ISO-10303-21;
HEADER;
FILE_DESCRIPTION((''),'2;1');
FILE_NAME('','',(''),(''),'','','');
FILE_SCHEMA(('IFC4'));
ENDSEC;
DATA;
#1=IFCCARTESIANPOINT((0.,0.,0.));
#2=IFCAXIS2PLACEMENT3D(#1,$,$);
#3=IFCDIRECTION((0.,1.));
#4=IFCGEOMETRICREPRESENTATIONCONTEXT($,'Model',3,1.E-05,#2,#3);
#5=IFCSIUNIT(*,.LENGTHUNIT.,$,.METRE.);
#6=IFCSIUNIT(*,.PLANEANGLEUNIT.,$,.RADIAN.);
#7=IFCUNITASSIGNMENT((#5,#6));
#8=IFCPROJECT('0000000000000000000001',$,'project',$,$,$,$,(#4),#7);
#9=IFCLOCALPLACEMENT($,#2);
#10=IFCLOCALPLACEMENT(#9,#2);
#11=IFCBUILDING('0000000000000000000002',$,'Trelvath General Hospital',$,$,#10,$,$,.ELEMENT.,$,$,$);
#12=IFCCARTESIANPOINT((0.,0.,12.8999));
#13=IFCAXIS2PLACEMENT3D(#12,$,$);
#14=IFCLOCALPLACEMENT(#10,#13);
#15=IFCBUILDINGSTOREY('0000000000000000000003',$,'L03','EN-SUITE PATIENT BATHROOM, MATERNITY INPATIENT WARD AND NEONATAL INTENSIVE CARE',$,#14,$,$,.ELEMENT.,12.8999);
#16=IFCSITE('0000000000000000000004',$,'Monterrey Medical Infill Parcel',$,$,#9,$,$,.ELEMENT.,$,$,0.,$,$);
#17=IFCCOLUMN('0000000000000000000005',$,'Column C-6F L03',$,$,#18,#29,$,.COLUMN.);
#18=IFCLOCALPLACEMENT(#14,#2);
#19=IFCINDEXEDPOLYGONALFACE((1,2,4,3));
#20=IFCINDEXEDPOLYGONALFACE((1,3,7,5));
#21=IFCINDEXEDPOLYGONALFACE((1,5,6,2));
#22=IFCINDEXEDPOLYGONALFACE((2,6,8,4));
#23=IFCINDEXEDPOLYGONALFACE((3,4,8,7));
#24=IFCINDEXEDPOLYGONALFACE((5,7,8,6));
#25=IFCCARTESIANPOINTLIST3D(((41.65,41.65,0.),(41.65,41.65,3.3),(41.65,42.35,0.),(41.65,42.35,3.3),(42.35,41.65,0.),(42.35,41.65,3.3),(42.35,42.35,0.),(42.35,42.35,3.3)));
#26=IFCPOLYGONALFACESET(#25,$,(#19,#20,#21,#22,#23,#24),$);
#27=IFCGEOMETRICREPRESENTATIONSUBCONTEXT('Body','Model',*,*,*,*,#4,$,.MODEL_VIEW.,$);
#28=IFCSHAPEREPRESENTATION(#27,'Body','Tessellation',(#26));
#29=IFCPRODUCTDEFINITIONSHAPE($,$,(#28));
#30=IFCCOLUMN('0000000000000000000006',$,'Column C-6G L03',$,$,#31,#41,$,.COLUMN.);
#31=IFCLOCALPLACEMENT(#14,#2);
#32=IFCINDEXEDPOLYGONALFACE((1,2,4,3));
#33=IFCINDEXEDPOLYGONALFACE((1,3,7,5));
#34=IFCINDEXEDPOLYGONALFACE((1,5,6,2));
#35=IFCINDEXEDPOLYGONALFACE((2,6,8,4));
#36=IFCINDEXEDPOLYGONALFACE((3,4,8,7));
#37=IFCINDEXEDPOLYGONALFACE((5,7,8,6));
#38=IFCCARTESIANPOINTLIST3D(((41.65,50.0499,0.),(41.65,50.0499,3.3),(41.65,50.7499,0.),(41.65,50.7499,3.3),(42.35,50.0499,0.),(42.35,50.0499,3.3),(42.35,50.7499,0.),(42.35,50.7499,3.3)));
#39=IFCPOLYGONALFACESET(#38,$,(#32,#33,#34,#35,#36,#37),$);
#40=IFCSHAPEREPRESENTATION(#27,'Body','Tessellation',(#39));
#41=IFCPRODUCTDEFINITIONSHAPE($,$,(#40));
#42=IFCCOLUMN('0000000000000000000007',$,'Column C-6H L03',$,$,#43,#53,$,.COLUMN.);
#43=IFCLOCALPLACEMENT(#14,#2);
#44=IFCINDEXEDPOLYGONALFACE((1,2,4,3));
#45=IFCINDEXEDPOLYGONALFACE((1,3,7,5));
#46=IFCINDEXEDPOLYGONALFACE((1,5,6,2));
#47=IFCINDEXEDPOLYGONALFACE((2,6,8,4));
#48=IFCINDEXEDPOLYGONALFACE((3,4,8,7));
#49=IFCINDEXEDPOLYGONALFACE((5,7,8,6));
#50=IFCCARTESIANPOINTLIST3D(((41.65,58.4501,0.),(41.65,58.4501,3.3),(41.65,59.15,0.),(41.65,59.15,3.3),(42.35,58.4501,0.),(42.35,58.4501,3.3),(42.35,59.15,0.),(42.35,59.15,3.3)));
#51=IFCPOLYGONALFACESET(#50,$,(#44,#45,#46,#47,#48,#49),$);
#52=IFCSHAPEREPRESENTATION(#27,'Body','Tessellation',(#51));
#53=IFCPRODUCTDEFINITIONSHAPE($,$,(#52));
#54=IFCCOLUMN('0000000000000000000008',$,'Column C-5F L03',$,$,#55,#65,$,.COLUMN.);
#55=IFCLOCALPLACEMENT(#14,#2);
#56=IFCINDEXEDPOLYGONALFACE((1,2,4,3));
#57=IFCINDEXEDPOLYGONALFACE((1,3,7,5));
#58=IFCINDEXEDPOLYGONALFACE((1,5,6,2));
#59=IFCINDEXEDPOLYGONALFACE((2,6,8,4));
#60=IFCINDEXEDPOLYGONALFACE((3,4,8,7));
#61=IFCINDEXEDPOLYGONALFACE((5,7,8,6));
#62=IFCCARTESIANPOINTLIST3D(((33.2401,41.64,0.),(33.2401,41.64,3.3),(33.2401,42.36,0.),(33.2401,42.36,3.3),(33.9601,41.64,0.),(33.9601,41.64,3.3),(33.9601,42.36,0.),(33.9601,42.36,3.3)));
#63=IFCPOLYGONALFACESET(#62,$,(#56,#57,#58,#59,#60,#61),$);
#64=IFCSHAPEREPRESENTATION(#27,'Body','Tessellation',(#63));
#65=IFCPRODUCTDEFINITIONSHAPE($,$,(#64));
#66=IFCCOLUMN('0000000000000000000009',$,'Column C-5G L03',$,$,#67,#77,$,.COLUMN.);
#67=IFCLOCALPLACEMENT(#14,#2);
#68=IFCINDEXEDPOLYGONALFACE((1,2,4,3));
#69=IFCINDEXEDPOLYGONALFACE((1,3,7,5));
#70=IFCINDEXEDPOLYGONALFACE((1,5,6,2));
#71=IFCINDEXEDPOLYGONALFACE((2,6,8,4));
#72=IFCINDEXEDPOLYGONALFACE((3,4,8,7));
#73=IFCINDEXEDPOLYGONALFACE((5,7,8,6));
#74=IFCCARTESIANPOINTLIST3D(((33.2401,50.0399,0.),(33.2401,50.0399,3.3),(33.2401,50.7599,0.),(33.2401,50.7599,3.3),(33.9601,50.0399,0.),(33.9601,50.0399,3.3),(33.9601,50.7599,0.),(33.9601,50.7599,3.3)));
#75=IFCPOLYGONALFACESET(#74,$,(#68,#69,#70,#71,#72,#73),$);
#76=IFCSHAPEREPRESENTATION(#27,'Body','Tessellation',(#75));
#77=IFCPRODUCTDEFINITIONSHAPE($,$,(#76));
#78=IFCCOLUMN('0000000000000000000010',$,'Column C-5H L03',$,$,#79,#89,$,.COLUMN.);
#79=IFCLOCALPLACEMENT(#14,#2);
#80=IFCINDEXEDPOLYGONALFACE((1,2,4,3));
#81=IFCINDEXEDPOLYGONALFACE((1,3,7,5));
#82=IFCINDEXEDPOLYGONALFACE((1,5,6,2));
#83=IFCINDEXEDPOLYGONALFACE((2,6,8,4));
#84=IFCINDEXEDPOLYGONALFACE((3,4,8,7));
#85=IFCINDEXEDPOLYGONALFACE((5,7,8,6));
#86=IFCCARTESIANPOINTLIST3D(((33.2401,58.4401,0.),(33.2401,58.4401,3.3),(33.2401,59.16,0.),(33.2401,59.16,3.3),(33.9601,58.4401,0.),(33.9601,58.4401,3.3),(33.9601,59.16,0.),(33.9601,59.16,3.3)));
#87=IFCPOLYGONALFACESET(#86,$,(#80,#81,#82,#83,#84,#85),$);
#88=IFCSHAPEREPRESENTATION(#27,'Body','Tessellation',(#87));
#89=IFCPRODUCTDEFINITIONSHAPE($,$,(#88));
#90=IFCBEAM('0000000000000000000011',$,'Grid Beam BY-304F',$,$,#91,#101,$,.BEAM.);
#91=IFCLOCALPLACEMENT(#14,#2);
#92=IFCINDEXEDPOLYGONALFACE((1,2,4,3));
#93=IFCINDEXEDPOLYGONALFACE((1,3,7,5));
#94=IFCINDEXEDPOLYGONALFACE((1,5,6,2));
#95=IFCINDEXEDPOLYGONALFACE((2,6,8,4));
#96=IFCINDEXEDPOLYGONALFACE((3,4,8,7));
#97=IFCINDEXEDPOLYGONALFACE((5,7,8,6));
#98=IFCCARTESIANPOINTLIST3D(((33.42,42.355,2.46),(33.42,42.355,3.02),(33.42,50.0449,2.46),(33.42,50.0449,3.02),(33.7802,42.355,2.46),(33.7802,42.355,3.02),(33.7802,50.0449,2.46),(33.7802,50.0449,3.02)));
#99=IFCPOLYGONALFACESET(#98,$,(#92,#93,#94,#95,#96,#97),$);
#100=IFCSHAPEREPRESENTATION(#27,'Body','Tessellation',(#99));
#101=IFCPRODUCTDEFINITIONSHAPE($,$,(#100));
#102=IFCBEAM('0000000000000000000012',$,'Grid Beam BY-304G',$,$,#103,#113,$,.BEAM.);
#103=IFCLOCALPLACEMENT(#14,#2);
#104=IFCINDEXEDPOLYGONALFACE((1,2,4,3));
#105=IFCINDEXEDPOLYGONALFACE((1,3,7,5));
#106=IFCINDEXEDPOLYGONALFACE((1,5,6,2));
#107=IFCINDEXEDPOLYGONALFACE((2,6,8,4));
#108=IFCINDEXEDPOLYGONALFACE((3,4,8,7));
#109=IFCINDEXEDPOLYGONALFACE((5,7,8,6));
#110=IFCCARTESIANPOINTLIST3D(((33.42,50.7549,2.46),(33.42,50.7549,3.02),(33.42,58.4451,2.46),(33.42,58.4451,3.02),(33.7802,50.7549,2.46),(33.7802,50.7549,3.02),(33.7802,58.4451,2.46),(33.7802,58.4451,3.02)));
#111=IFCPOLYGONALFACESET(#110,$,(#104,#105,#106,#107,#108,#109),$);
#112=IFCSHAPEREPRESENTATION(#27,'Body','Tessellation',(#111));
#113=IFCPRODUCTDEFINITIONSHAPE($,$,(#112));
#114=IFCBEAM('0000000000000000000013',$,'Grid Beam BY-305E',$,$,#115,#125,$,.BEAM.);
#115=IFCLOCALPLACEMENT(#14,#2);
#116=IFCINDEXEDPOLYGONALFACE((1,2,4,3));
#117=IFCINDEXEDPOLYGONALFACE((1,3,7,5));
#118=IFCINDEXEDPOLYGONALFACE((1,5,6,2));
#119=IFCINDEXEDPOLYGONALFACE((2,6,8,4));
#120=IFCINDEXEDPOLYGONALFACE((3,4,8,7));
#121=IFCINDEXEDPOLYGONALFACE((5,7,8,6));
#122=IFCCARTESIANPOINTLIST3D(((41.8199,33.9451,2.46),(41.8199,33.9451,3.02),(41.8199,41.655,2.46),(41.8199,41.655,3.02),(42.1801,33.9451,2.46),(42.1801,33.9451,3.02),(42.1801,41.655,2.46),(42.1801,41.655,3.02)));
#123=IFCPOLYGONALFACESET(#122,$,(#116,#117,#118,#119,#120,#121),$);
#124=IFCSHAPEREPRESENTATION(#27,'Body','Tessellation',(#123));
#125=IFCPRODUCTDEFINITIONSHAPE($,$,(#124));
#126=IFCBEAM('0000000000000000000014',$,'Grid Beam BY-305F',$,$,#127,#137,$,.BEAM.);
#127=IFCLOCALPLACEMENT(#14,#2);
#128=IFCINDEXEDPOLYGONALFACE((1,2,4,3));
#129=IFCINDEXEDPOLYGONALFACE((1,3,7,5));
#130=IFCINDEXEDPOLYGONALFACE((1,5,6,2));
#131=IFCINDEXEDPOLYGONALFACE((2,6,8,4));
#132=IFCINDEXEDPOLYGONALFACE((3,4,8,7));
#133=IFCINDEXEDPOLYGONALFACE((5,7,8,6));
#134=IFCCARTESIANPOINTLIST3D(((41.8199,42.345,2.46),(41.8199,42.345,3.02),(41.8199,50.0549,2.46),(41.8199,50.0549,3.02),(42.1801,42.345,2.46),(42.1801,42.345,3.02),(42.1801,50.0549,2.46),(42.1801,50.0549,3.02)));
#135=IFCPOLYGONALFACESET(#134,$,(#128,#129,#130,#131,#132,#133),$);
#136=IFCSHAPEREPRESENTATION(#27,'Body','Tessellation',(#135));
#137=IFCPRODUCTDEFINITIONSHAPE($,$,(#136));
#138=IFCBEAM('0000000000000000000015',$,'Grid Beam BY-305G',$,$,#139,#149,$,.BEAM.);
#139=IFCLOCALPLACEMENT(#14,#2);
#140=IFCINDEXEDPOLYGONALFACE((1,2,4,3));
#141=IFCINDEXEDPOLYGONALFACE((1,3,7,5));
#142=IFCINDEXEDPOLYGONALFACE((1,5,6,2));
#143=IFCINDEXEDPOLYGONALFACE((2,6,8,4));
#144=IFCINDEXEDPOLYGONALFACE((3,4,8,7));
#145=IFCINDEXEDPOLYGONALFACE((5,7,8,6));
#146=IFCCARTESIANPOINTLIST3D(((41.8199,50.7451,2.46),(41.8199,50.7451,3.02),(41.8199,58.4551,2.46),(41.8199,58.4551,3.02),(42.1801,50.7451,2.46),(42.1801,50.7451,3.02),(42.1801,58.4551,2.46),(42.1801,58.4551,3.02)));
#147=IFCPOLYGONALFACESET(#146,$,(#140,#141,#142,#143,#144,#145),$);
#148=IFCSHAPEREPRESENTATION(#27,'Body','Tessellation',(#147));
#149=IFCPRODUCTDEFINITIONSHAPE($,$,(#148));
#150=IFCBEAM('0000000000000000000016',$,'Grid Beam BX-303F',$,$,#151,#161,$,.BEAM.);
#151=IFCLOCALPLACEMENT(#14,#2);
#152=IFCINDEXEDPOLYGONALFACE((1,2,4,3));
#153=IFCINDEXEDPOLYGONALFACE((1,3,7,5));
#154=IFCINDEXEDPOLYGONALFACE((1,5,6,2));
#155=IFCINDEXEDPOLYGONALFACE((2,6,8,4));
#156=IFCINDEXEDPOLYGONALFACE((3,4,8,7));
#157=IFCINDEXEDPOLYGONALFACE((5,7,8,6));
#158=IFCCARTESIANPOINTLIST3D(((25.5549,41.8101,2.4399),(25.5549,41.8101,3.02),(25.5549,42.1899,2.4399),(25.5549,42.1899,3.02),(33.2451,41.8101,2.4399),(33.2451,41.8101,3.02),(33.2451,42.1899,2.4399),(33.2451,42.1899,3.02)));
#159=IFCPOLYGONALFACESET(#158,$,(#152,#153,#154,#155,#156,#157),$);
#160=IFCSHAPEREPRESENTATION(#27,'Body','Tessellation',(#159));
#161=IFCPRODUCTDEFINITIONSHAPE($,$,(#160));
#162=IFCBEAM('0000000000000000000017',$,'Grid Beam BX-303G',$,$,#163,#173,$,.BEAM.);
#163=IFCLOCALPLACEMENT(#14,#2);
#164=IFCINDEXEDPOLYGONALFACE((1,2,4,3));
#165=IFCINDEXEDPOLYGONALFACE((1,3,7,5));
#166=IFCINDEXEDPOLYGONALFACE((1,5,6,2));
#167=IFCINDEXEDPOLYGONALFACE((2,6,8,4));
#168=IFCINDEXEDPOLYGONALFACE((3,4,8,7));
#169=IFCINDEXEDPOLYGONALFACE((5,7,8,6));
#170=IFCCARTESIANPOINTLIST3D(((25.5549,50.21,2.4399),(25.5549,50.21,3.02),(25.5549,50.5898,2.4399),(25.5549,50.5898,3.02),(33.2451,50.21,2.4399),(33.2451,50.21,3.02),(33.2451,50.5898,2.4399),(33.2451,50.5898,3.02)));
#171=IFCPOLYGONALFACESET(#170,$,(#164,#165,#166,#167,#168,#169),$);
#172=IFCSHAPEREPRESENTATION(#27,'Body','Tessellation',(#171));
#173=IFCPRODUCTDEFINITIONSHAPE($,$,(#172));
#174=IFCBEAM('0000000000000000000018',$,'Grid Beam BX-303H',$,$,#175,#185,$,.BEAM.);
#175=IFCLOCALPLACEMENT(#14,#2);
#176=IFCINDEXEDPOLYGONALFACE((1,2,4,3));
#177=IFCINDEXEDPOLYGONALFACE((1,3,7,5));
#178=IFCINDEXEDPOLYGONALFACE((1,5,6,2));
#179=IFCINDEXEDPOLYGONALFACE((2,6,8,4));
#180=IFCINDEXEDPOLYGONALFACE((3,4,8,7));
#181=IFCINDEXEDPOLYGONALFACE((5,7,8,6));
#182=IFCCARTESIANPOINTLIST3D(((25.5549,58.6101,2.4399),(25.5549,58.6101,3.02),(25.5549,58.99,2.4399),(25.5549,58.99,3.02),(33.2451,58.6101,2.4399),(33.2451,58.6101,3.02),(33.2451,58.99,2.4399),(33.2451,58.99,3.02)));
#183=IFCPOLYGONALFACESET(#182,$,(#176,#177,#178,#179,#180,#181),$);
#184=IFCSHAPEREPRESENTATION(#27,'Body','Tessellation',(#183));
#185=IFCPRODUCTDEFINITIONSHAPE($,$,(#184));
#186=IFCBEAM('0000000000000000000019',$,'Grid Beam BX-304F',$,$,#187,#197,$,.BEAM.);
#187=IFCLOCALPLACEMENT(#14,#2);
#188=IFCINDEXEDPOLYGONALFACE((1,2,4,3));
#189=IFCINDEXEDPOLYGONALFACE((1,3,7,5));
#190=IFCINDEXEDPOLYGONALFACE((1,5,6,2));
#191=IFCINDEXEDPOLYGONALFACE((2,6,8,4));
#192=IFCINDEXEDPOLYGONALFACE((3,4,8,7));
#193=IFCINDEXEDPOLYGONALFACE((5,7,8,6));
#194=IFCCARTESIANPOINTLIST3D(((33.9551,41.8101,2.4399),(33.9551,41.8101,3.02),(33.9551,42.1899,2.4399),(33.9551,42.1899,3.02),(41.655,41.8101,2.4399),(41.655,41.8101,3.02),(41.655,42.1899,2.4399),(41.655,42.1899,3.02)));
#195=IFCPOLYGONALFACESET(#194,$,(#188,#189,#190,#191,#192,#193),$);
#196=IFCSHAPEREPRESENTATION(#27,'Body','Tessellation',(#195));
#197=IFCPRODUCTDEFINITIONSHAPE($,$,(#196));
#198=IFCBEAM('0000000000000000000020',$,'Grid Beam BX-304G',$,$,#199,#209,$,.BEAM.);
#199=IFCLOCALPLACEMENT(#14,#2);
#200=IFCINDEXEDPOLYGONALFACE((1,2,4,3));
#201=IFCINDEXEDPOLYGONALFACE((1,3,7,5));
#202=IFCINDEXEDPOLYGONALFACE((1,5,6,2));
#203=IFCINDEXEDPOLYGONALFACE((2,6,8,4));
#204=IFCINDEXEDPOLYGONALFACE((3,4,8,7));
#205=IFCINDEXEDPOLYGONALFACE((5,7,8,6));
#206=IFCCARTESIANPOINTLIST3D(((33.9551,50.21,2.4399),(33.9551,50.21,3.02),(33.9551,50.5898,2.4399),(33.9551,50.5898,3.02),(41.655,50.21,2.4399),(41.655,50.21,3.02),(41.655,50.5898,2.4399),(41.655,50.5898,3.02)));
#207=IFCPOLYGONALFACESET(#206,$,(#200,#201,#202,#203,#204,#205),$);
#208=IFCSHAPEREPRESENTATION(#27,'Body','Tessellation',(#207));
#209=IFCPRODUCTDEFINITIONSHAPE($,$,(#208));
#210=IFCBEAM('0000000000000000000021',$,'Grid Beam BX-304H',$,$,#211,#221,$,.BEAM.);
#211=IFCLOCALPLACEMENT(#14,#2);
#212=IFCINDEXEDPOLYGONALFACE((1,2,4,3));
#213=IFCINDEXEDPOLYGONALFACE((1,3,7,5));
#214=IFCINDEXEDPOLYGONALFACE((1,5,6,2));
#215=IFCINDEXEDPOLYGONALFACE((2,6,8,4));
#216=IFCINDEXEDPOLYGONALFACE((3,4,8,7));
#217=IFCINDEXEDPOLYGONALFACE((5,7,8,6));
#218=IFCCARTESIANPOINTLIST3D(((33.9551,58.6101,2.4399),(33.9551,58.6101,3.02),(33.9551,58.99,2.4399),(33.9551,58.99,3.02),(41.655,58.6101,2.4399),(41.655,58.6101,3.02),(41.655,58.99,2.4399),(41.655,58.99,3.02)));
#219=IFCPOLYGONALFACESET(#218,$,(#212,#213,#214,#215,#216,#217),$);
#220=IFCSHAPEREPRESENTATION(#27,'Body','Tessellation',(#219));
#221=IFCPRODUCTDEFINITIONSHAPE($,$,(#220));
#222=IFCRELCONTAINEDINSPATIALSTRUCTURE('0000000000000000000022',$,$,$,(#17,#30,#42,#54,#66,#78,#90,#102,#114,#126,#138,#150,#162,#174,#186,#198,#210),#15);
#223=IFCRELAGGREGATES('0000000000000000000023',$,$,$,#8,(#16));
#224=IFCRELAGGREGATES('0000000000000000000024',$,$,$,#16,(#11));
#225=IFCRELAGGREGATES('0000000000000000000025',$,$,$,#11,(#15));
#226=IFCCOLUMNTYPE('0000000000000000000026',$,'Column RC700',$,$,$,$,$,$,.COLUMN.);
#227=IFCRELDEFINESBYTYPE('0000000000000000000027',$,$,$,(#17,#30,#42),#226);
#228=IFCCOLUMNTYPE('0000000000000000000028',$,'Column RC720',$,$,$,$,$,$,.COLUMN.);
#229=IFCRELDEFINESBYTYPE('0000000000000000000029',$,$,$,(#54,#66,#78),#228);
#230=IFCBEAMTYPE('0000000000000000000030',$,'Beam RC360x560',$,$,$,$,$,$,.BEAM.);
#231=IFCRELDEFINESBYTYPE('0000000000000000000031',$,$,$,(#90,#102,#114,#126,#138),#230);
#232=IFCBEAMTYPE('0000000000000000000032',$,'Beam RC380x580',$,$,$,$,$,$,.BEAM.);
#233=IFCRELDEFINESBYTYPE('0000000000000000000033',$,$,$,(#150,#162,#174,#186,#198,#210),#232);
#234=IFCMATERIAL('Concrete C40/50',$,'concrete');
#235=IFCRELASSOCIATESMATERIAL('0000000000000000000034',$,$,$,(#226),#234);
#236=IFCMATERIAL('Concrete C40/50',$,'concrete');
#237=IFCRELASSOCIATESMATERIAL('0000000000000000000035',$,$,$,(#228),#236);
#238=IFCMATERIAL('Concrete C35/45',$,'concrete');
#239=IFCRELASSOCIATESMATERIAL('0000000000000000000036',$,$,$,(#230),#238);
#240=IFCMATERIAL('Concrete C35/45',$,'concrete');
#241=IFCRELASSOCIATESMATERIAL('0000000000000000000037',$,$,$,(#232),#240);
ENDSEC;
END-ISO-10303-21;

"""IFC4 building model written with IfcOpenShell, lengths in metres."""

from ifc_helpers import new_model, si_unit, direction, frame, origin, origin_2d, place, context, subcontext, project, spatial, rectangle, extrude, material, material_profile, profile_set, type_object, element, save


model = new_model("IFC4")

# Units and contexts
model_context = context("Model", 3, precision=1e-05, world=origin(), true_north=direction((0.0, 1.0)))
body_context = subcontext(model_context, "Body", "Model", "MODEL_VIEW")
ifc_project = project(units=[si_unit("LENGTHUNIT", "METRE"), si_unit("PLANEANGLEUNIT", "RADIAN")], contexts=[model_context])

# Site, building, storey
site_placement = place(None, origin())
site = spatial("IfcSite", under=ifc_project, at=site_placement, Name="Monterrey Medical Infill Parcel", CompositionType="ELEMENT", RefElevation=0.0)
building_placement = place(site_placement, origin())
building = spatial("IfcBuilding", under=site, at=building_placement, Name="Trelvath General Hospital", CompositionType="ELEMENT")
storey_placement = place(building_placement, frame((0.0, 0.0, 12.8999)))
storey = spatial("IfcBuildingStorey", under=building, at=storey_placement, Name="L03", Description="EN-SUITE PATIENT BATHROOM, MATERNITY INPATIENT WARD AND NEONATAL INTENSIVE CARE", CompositionType="ELEMENT", Elevation=12.8999)

# Columns
ifc_material_1 = material(Name="Concrete C40/50", Category="concrete")
ifc_material_profile_1 = material_profile(ifc_material_1, rectangle(XDim=0.7, YDim=0.7, at=origin_2d()), Name="RC700x700")
ifc_profile_set_1 = profile_set([ifc_material_profile_1], Name="Concrete C40/50")
column_type_1 = type_object("IfcColumnType", Name="Column RC700", PredefinedType="COLUMN", material=ifc_profile_set_1)
for number, where, z_axis, x_axis, name in (
    (1, (42.0, 42.0, 0.0), (0.0, 0.0, 1.0), (1.0, 0.0, 0.0), "Column C-6F L03"),
    (2, (42.0, 50.3999, 0.0), (0.0, 0.0, 1.0), (1.0, 0.0, 0.0), "Column C-6G L03"),
    (3, (42.0, 58.8, 0.0), (0.0, 0.0, 1.0), (1.0, 0.0, 0.0), "Column C-6H L03"),
):
    element("IfcColumn", number, at=place(storey_placement, frame(where, z_axis=z_axis, x_axis=x_axis)), inside=storey, type_object=column_type_1, Name=name, PredefinedType="COLUMN", context=body_context, shape_type="SweptSolid", body=[
        extrude(rectangle(XDim=0.7, YDim=0.7, at=origin_2d()), origin(), (0.0, 0.0, 1.0), 3.3),
    ])
ifc_material_2 = material(Name="Concrete C40/50", Category="concrete")
ifc_material_profile_2 = material_profile(ifc_material_2, rectangle(XDim=0.72, YDim=0.72, at=origin_2d()), Name="RC720x720")
ifc_profile_set_2 = profile_set([ifc_material_profile_2], Name="Concrete C40/50")
column_type_2 = type_object("IfcColumnType", Name="Column RC720", PredefinedType="COLUMN", material=ifc_profile_set_2)
for number, where, z_axis, x_axis, name in (
    (4, (33.6001, 42.0, 0.0), (0.0, 0.0, 1.0), (1.0, 0.0, 0.0), "Column C-5F L03"),
    (5, (33.6001, 50.3999, 0.0), (0.0, 0.0, 1.0), (1.0, 0.0, 0.0), "Column C-5G L03"),
    (6, (33.6001, 58.8, 0.0), (0.0, 0.0, 1.0), (1.0, 0.0, 0.0), "Column C-5H L03"),
):
    element("IfcColumn", number, at=place(storey_placement, frame(where, z_axis=z_axis, x_axis=x_axis)), inside=storey, type_object=column_type_2, Name=name, PredefinedType="COLUMN", context=body_context, shape_type="SweptSolid", body=[
        extrude(rectangle(XDim=0.72, YDim=0.72, at=origin_2d()), origin(), (0.0, 0.0, 1.0), 3.3),
    ])

# Beams
ifc_material_3 = material(Name="Concrete C35/45", Category="concrete")
ifc_material_profile_3 = material_profile(ifc_material_3, rectangle(XDim=0.3601, YDim=0.5601, at=origin_2d()), Name="RCB360x560")
ifc_profile_set_3 = profile_set([ifc_material_profile_3], Name="Concrete C35/45")
beam_type_1 = type_object("IfcBeamType", Name="Beam RC360x560", PredefinedType="BEAM", material=ifc_profile_set_3)
beam_1_placement = place(storey_placement, frame((33.6001, 42.355, 2.74), z_axis=(0.0, 1.0, 0.0), x_axis=(-1.0, 0.0, 0.0)))
element("IfcBeam", 7, at=beam_1_placement, inside=storey, type_object=beam_type_1, Name="Grid Beam BY-304F", PredefinedType="BEAM", context=body_context, shape_type="SweptSolid", body=[
    extrude(rectangle(XDim=0.3601, YDim=0.5601, at=origin_2d()), origin(), (0.0, 0.0, 1.0), 7.6899),
])
beam_2_placement = place(storey_placement, frame((33.6001, 50.7549, 2.74), z_axis=(0.0, 1.0, 0.0), x_axis=(-1.0, 0.0, 0.0)))
element("IfcBeam", 8, at=beam_2_placement, inside=storey, type_object=beam_type_1, Name="Grid Beam BY-304G", PredefinedType="BEAM", context=body_context, shape_type="SweptSolid", body=[
    extrude(rectangle(XDim=0.3601, YDim=0.5601, at=origin_2d()), origin(), (0.0, 0.0, 1.0), 7.6902),
])
for number, where, z_axis, x_axis, name in (
    (9, (42.0, 33.9451, 2.74), (0.0, 1.0, 0.0), (-1.0, 0.0, 0.0), "Grid Beam BY-305E"),
    (10, (42.0, 42.345, 2.74), (0.0, 1.0, 0.0), (-1.0, 0.0, 0.0), "Grid Beam BY-305F"),
    (11, (42.0, 50.7451, 2.74), (0.0, 1.0, 0.0), (-1.0, 0.0, 0.0), "Grid Beam BY-305G"),
):
    element("IfcBeam", number, at=place(storey_placement, frame(where, z_axis=z_axis, x_axis=x_axis)), inside=storey, type_object=beam_type_1, Name=name, PredefinedType="BEAM", context=body_context, shape_type="SweptSolid", body=[
        extrude(rectangle(XDim=0.3601, YDim=0.5601, at=origin_2d()), origin(), (0.0, 0.0, 1.0), 7.71),
    ])
ifc_material_4 = material(Name="Concrete C35/45", Category="concrete")
ifc_material_profile_4 = material_profile(ifc_material_4, rectangle(XDim=0.3799, YDim=0.5801, at=origin_2d()), Name="RCB380x580")
ifc_profile_set_4 = profile_set([ifc_material_profile_4], Name="Concrete C35/45")
beam_type_2 = type_object("IfcBeamType", Name="Beam RC380x580", PredefinedType="BEAM", material=ifc_profile_set_4)
for number, where, z_axis, x_axis, name in (
    (12, (25.5549, 42.0, 2.73), (1.0, 0.0, 0.0), (0.0, 1.0, 0.0), "Grid Beam BX-303F"),
    (13, (25.5549, 50.3999, 2.73), (1.0, 0.0, 0.0), (0.0, 1.0, 0.0), "Grid Beam BX-303G"),
    (14, (25.5549, 58.8, 2.73), (1.0, 0.0, 0.0), (0.0, 1.0, 0.0), "Grid Beam BX-303H"),
):
    element("IfcBeam", number, at=place(storey_placement, frame(where, z_axis=z_axis, x_axis=x_axis)), inside=storey, type_object=beam_type_2, Name=name, PredefinedType="BEAM", context=body_context, shape_type="SweptSolid", body=[
        extrude(rectangle(XDim=0.3799, YDim=0.5801, at=origin_2d()), origin(), (0.0, 0.0, 1.0), 7.6902),
    ])
for number, where, z_axis, x_axis, name in (
    (15, (33.9551, 42.0, 2.73), (1.0, 0.0, 0.0), (0.0, 1.0, 0.0), "Grid Beam BX-304F"),
    (16, (33.9551, 50.3999, 2.73), (1.0, 0.0, 0.0), (0.0, 1.0, 0.0), "Grid Beam BX-304G"),
    (17, (33.9551, 58.8, 2.73), (1.0, 0.0, 0.0), (0.0, 1.0, 0.0), "Grid Beam BX-304H"),
):
    element("IfcBeam", number, at=place(storey_placement, frame(where, z_axis=z_axis, x_axis=x_axis)), inside=storey, type_object=beam_type_2, Name=name, PredefinedType="BEAM", context=body_context, shape_type="SweptSolid", body=[
        extrude(rectangle(XDim=0.3799, YDim=0.5801, at=origin_2d()), origin(), (0.0, 0.0, 1.0), 7.7),
    ])

save(model, "model.ifc")
